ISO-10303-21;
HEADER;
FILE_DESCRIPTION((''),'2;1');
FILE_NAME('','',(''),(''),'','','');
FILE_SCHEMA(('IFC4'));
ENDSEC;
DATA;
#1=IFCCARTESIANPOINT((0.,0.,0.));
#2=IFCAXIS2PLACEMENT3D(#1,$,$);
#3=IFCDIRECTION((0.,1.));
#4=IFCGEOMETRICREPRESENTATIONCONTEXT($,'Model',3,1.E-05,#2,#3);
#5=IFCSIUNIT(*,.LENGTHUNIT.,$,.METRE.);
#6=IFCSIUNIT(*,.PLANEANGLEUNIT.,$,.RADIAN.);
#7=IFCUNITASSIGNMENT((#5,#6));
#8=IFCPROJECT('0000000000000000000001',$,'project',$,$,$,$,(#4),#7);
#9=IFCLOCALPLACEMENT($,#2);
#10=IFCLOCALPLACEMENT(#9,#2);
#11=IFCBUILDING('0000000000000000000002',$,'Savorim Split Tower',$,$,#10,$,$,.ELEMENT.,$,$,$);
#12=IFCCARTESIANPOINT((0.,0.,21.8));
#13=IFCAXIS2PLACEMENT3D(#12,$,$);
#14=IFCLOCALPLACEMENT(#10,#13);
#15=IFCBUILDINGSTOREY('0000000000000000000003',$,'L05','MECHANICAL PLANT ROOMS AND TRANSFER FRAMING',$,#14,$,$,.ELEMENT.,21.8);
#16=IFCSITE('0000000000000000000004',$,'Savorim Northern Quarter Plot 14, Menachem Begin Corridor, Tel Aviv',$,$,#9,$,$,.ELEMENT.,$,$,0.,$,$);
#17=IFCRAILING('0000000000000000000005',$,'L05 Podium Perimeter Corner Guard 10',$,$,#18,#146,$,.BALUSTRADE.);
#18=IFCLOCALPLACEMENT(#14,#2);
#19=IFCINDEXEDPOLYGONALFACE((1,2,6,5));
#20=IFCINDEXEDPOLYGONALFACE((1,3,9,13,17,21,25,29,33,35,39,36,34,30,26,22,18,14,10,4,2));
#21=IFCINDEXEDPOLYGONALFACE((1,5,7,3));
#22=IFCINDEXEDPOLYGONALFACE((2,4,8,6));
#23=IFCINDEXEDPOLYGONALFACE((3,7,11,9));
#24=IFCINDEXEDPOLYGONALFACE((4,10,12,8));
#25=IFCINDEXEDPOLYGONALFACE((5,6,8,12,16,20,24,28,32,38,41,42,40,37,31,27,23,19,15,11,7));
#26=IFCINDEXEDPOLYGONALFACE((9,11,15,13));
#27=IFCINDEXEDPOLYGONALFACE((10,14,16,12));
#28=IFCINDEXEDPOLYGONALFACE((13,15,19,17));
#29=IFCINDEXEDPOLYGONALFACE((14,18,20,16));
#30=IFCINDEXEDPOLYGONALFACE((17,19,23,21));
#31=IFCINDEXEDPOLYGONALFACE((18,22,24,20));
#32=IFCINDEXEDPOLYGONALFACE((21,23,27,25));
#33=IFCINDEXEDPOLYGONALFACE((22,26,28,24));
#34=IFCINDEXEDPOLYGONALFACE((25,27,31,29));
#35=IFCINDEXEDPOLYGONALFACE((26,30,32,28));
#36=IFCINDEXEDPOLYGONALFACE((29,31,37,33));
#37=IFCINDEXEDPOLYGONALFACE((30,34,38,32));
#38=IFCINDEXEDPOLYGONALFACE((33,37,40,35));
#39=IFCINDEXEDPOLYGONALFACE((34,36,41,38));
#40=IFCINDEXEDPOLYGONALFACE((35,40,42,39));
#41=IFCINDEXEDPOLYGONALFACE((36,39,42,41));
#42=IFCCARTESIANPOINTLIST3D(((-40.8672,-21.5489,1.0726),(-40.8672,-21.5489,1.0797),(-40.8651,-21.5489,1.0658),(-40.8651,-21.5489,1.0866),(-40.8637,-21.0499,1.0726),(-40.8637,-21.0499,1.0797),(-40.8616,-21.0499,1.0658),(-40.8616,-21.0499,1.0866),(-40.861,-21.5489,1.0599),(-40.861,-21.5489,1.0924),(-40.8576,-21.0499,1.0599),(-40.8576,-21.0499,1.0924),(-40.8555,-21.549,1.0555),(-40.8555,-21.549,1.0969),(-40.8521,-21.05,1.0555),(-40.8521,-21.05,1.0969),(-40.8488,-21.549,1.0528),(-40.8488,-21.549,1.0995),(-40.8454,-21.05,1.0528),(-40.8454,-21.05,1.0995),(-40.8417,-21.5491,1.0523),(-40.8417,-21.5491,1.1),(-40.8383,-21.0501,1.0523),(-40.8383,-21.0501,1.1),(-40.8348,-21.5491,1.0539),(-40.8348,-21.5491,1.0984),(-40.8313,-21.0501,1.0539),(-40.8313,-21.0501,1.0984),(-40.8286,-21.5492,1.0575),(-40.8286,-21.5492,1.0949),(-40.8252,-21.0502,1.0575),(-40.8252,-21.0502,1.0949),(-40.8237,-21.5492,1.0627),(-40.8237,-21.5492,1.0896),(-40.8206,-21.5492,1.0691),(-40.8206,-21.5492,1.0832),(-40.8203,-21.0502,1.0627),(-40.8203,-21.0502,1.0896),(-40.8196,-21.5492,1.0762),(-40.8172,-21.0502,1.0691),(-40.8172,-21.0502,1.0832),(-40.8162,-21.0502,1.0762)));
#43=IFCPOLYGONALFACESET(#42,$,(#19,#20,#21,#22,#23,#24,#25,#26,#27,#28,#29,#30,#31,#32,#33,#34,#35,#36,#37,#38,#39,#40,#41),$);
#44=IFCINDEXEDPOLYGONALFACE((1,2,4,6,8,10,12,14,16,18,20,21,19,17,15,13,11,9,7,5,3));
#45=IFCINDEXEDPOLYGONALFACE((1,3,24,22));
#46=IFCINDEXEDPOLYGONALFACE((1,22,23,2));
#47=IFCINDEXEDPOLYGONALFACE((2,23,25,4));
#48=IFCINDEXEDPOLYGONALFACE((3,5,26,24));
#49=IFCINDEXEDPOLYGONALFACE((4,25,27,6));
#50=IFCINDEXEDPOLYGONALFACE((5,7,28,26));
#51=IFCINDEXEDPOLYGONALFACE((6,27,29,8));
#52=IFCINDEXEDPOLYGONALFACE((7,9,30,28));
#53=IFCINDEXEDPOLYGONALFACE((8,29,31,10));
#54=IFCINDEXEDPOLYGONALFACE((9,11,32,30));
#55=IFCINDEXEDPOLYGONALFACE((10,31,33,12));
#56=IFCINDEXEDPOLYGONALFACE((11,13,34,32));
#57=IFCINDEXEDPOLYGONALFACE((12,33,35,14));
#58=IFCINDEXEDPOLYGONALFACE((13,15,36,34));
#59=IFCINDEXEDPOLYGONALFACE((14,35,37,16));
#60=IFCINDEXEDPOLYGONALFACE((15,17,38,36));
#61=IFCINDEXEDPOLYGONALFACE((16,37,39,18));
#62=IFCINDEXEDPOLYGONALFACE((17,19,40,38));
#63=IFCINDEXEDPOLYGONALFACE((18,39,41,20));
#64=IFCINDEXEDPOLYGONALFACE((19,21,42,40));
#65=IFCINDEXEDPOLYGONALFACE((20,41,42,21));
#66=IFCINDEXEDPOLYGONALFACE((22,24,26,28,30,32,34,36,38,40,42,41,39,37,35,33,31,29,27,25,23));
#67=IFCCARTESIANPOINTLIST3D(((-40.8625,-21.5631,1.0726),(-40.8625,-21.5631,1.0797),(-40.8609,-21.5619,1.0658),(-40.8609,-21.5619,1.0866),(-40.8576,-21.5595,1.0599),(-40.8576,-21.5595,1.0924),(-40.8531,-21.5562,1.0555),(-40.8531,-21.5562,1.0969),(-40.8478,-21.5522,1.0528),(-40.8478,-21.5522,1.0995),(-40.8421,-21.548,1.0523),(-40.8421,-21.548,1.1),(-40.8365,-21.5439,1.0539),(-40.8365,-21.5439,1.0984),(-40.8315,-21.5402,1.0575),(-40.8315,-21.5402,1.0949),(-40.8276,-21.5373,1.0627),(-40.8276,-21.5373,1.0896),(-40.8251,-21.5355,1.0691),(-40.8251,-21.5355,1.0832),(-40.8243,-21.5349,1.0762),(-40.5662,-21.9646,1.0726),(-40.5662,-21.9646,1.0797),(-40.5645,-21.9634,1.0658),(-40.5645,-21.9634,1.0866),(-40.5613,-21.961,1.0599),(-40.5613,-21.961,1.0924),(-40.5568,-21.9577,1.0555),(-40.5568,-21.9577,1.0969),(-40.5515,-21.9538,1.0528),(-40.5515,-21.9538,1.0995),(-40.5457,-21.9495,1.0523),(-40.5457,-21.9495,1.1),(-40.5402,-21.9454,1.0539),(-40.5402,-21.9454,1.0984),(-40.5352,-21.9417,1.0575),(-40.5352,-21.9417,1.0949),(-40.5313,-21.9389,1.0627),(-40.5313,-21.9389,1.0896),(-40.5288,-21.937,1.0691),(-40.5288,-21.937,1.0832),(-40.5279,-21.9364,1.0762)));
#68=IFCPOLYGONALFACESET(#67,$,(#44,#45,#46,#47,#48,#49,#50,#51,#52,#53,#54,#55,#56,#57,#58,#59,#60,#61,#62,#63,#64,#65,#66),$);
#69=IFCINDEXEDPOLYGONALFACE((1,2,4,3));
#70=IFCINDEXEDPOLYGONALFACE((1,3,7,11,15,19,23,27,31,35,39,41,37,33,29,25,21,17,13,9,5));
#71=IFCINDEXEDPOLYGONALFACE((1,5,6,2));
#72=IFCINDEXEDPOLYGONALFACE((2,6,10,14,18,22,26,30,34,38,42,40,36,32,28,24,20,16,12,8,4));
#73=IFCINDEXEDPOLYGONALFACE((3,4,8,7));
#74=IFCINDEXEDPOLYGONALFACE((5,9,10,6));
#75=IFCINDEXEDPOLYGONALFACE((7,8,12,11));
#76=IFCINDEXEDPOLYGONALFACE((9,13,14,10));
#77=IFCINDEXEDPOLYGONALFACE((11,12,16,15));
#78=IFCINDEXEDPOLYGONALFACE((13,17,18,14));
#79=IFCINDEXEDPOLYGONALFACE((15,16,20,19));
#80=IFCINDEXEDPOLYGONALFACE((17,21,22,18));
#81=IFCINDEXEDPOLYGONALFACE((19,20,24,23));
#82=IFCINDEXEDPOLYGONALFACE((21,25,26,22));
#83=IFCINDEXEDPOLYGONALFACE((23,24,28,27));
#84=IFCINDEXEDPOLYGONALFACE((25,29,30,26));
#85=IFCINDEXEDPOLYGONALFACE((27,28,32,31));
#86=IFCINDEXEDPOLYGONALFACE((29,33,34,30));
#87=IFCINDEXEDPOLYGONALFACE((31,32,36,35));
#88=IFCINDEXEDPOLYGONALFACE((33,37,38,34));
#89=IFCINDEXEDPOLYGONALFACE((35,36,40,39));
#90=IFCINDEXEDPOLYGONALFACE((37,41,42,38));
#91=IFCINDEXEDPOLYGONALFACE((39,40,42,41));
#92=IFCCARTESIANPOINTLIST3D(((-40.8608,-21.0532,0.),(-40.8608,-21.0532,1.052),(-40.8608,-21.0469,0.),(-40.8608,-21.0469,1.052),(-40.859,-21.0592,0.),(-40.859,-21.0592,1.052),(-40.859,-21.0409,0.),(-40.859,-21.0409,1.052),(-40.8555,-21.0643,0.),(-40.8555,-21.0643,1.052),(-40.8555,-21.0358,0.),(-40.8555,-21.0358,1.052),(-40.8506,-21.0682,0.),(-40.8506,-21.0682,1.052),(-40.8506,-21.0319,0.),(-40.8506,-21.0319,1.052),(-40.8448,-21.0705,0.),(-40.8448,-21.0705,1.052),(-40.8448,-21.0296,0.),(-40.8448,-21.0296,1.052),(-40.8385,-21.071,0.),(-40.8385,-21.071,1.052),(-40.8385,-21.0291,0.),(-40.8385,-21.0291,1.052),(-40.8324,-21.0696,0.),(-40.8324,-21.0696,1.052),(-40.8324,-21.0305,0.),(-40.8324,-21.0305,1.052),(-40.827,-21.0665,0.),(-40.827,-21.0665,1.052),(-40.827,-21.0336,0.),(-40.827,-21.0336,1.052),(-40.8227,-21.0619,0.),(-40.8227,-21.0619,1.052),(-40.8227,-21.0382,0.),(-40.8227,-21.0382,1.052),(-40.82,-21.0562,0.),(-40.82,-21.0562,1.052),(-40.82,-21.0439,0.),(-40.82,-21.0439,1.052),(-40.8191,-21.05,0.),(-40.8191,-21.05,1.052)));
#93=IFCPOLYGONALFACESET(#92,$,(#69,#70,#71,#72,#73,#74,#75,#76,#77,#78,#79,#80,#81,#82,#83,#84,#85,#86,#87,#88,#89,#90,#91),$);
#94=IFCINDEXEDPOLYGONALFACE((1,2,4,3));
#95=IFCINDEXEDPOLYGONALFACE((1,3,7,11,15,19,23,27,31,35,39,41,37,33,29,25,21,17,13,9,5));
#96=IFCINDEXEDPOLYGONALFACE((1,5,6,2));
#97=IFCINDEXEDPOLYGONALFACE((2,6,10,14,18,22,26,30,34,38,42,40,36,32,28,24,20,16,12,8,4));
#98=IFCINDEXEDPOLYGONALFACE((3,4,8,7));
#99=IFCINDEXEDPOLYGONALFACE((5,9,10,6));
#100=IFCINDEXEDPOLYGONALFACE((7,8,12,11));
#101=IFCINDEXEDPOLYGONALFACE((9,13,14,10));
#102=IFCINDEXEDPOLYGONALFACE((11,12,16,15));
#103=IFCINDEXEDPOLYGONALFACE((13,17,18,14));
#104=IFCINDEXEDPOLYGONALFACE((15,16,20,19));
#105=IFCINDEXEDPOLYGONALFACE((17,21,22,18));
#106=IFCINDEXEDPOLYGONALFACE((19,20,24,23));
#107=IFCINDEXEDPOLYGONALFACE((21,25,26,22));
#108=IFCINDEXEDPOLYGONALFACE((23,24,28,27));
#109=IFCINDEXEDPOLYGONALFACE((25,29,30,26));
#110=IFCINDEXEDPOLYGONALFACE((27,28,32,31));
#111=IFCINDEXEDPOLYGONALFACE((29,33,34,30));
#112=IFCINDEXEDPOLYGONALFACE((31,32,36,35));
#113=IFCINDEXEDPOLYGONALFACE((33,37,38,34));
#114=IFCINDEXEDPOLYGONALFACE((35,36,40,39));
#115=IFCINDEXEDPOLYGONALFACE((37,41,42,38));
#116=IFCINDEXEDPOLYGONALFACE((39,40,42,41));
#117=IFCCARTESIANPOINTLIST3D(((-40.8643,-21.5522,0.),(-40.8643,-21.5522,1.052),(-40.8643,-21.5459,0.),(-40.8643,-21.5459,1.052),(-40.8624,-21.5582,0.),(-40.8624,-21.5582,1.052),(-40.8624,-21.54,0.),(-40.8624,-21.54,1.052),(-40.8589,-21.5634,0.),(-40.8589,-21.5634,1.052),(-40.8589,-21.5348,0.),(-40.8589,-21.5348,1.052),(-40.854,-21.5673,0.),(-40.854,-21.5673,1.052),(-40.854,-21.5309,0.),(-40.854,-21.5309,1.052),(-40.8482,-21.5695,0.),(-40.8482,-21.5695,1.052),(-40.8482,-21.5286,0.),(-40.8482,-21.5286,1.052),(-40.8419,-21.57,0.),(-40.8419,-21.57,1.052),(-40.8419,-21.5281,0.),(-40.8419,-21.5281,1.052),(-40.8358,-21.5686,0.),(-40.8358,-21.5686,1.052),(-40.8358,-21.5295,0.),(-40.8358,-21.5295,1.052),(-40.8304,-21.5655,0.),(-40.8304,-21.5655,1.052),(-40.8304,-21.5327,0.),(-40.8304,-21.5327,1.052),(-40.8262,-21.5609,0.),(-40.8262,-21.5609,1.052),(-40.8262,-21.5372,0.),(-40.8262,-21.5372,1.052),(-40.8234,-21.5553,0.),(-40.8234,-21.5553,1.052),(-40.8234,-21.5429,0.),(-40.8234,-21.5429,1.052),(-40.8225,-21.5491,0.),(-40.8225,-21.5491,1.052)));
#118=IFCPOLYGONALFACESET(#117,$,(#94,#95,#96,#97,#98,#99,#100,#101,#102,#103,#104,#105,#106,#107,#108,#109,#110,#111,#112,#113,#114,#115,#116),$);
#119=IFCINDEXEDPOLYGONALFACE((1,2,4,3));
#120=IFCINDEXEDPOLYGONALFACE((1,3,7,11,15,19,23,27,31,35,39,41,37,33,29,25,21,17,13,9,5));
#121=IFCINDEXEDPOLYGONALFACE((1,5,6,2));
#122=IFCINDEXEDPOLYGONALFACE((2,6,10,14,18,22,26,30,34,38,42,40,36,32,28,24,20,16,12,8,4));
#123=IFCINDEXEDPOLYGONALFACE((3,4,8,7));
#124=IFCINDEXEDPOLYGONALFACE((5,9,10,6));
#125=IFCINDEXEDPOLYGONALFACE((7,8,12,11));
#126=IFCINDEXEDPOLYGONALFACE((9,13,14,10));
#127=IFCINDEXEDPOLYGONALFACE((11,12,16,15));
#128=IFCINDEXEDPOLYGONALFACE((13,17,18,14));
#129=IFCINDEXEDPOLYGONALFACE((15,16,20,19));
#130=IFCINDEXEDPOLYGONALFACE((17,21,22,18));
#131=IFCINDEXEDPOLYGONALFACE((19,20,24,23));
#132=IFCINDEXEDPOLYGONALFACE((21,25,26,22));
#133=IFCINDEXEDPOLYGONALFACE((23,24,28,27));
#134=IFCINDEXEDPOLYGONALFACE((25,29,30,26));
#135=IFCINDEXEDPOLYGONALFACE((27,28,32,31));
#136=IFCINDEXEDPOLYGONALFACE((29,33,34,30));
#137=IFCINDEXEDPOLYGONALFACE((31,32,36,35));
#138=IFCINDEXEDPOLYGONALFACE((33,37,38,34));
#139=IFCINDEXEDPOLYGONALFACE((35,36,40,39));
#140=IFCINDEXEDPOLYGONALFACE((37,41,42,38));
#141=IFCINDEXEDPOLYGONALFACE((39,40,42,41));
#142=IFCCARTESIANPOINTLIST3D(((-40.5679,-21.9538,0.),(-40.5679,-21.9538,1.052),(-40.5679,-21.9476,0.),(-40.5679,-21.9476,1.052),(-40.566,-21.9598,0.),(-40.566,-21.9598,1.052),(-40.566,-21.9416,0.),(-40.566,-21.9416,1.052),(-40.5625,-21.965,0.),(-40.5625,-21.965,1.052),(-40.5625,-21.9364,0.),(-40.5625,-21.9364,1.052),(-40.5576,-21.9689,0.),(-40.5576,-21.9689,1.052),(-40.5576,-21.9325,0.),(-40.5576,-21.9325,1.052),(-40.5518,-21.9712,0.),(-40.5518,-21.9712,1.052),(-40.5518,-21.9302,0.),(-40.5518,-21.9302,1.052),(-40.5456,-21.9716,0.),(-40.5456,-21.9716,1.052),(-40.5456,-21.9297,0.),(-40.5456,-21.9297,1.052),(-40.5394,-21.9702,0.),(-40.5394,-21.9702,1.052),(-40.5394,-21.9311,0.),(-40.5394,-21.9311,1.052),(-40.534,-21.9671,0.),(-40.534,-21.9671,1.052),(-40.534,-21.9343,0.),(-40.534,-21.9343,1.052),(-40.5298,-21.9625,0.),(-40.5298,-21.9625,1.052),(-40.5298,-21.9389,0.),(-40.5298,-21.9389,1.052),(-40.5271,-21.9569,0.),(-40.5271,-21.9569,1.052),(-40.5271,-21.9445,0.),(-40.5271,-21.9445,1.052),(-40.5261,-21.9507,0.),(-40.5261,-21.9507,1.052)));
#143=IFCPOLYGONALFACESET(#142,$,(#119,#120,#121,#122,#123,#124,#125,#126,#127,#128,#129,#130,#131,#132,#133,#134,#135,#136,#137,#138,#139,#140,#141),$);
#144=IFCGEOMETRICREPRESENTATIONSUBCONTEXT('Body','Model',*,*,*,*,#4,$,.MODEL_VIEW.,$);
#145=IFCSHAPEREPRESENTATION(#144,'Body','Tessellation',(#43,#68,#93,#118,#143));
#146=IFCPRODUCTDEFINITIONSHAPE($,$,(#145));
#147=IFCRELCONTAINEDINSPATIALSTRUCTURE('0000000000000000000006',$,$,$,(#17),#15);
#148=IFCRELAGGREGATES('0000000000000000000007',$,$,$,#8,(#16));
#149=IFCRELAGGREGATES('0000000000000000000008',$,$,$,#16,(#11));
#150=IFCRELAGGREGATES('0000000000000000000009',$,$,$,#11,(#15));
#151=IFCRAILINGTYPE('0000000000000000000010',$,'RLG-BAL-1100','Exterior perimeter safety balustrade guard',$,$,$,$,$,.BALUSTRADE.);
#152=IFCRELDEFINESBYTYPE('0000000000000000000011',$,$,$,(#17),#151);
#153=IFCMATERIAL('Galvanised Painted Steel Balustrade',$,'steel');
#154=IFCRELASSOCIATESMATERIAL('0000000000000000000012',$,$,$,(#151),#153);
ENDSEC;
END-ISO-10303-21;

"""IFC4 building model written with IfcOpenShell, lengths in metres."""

from ifc_helpers import new_model, si_unit, direction, frame, origin, origin_2d, place, context, subcontext, project, spatial, circle, extrude, material, type_object, element, save


model = new_model("IFC4")

# Units and contexts
model_context = context("Model", 3, precision=1e-05, world=origin(), true_north=direction((0.0, 1.0)))
body_context = subcontext(model_context, "Body", "Model", "MODEL_VIEW")
ifc_project = project(units=[si_unit("LENGTHUNIT", "METRE"), si_unit("PLANEANGLEUNIT", "RADIAN")], contexts=[model_context])

# Site, building, storey
site_placement = place(None, origin())
site = spatial("IfcSite", under=ifc_project, at=site_placement, Name="Savorim Northern Quarter Plot 14, Menachem Begin Corridor, Tel Aviv", CompositionType="ELEMENT", RefElevation=0.0)
building_placement = place(site_placement, origin())
building = spatial("IfcBuilding", under=site, at=building_placement, Name="Savorim Split Tower", CompositionType="ELEMENT")
storey_placement = place(building_placement, frame((0.0, 0.0, 21.8)))
storey = spatial("IfcBuildingStorey", under=building, at=storey_placement, Name="L05", Description="MECHANICAL PLANT ROOMS AND TRANSFER FRAMING", CompositionType="ELEMENT", Elevation=21.8)

# Railing
ifc_material_1 = material(Name="Galvanised Painted Steel Balustrade", Category="steel")
railing_type_1 = type_object("IfcRailingType", Name="RLG-BAL-1100", Description="Exterior perimeter safety balustrade guard", PredefinedType="BALUSTRADE", material=ifc_material_1)
railing_1_placement = place(storey_placement, frame((-40.8401, -21.05, 0.0)))
element("IfcRailing", 1, at=railing_1_placement, inside=storey, type_object=railing_type_1, Name="L05 Podium Perimeter Corner Guard 10", PredefinedType="BALUSTRADE", context=body_context, shape_type="SweptSolid", body=[
    extrude(circle(Radius=0.0239, at=origin_2d()), frame((0.0, 0.0, 1.0762), z_axis=(-0.006849, -0.999977, 0.0), x_axis=(0.999977, -0.006849, 0.0)), (0.0, 0.0, 1.0), 0.499),
    extrude(circle(Radius=0.0239, at=origin_2d()), frame((-0.0034, -0.499, 1.0762), z_axis=(0.5938, -0.804613, 0.0), x_axis=(0.804613, 0.5938, 0.0)), (0.0, 0.0, 1.0), 0.499),
    extrude(circle(Radius=0.021, at=origin_2d()), origin(), (0.0, 0.0, 1.0), 1.052),
    extrude(circle(Radius=0.021, at=origin_2d()), frame((-0.0034, -0.499, 0.0)), (0.0, 0.0, 1.0), 1.052),
    extrude(circle(Radius=0.021, at=origin_2d()), frame((0.293, -0.9006, 0.0)), (0.0, 0.0, 1.0), 1.052),
])

save(model, "model.ifc")
